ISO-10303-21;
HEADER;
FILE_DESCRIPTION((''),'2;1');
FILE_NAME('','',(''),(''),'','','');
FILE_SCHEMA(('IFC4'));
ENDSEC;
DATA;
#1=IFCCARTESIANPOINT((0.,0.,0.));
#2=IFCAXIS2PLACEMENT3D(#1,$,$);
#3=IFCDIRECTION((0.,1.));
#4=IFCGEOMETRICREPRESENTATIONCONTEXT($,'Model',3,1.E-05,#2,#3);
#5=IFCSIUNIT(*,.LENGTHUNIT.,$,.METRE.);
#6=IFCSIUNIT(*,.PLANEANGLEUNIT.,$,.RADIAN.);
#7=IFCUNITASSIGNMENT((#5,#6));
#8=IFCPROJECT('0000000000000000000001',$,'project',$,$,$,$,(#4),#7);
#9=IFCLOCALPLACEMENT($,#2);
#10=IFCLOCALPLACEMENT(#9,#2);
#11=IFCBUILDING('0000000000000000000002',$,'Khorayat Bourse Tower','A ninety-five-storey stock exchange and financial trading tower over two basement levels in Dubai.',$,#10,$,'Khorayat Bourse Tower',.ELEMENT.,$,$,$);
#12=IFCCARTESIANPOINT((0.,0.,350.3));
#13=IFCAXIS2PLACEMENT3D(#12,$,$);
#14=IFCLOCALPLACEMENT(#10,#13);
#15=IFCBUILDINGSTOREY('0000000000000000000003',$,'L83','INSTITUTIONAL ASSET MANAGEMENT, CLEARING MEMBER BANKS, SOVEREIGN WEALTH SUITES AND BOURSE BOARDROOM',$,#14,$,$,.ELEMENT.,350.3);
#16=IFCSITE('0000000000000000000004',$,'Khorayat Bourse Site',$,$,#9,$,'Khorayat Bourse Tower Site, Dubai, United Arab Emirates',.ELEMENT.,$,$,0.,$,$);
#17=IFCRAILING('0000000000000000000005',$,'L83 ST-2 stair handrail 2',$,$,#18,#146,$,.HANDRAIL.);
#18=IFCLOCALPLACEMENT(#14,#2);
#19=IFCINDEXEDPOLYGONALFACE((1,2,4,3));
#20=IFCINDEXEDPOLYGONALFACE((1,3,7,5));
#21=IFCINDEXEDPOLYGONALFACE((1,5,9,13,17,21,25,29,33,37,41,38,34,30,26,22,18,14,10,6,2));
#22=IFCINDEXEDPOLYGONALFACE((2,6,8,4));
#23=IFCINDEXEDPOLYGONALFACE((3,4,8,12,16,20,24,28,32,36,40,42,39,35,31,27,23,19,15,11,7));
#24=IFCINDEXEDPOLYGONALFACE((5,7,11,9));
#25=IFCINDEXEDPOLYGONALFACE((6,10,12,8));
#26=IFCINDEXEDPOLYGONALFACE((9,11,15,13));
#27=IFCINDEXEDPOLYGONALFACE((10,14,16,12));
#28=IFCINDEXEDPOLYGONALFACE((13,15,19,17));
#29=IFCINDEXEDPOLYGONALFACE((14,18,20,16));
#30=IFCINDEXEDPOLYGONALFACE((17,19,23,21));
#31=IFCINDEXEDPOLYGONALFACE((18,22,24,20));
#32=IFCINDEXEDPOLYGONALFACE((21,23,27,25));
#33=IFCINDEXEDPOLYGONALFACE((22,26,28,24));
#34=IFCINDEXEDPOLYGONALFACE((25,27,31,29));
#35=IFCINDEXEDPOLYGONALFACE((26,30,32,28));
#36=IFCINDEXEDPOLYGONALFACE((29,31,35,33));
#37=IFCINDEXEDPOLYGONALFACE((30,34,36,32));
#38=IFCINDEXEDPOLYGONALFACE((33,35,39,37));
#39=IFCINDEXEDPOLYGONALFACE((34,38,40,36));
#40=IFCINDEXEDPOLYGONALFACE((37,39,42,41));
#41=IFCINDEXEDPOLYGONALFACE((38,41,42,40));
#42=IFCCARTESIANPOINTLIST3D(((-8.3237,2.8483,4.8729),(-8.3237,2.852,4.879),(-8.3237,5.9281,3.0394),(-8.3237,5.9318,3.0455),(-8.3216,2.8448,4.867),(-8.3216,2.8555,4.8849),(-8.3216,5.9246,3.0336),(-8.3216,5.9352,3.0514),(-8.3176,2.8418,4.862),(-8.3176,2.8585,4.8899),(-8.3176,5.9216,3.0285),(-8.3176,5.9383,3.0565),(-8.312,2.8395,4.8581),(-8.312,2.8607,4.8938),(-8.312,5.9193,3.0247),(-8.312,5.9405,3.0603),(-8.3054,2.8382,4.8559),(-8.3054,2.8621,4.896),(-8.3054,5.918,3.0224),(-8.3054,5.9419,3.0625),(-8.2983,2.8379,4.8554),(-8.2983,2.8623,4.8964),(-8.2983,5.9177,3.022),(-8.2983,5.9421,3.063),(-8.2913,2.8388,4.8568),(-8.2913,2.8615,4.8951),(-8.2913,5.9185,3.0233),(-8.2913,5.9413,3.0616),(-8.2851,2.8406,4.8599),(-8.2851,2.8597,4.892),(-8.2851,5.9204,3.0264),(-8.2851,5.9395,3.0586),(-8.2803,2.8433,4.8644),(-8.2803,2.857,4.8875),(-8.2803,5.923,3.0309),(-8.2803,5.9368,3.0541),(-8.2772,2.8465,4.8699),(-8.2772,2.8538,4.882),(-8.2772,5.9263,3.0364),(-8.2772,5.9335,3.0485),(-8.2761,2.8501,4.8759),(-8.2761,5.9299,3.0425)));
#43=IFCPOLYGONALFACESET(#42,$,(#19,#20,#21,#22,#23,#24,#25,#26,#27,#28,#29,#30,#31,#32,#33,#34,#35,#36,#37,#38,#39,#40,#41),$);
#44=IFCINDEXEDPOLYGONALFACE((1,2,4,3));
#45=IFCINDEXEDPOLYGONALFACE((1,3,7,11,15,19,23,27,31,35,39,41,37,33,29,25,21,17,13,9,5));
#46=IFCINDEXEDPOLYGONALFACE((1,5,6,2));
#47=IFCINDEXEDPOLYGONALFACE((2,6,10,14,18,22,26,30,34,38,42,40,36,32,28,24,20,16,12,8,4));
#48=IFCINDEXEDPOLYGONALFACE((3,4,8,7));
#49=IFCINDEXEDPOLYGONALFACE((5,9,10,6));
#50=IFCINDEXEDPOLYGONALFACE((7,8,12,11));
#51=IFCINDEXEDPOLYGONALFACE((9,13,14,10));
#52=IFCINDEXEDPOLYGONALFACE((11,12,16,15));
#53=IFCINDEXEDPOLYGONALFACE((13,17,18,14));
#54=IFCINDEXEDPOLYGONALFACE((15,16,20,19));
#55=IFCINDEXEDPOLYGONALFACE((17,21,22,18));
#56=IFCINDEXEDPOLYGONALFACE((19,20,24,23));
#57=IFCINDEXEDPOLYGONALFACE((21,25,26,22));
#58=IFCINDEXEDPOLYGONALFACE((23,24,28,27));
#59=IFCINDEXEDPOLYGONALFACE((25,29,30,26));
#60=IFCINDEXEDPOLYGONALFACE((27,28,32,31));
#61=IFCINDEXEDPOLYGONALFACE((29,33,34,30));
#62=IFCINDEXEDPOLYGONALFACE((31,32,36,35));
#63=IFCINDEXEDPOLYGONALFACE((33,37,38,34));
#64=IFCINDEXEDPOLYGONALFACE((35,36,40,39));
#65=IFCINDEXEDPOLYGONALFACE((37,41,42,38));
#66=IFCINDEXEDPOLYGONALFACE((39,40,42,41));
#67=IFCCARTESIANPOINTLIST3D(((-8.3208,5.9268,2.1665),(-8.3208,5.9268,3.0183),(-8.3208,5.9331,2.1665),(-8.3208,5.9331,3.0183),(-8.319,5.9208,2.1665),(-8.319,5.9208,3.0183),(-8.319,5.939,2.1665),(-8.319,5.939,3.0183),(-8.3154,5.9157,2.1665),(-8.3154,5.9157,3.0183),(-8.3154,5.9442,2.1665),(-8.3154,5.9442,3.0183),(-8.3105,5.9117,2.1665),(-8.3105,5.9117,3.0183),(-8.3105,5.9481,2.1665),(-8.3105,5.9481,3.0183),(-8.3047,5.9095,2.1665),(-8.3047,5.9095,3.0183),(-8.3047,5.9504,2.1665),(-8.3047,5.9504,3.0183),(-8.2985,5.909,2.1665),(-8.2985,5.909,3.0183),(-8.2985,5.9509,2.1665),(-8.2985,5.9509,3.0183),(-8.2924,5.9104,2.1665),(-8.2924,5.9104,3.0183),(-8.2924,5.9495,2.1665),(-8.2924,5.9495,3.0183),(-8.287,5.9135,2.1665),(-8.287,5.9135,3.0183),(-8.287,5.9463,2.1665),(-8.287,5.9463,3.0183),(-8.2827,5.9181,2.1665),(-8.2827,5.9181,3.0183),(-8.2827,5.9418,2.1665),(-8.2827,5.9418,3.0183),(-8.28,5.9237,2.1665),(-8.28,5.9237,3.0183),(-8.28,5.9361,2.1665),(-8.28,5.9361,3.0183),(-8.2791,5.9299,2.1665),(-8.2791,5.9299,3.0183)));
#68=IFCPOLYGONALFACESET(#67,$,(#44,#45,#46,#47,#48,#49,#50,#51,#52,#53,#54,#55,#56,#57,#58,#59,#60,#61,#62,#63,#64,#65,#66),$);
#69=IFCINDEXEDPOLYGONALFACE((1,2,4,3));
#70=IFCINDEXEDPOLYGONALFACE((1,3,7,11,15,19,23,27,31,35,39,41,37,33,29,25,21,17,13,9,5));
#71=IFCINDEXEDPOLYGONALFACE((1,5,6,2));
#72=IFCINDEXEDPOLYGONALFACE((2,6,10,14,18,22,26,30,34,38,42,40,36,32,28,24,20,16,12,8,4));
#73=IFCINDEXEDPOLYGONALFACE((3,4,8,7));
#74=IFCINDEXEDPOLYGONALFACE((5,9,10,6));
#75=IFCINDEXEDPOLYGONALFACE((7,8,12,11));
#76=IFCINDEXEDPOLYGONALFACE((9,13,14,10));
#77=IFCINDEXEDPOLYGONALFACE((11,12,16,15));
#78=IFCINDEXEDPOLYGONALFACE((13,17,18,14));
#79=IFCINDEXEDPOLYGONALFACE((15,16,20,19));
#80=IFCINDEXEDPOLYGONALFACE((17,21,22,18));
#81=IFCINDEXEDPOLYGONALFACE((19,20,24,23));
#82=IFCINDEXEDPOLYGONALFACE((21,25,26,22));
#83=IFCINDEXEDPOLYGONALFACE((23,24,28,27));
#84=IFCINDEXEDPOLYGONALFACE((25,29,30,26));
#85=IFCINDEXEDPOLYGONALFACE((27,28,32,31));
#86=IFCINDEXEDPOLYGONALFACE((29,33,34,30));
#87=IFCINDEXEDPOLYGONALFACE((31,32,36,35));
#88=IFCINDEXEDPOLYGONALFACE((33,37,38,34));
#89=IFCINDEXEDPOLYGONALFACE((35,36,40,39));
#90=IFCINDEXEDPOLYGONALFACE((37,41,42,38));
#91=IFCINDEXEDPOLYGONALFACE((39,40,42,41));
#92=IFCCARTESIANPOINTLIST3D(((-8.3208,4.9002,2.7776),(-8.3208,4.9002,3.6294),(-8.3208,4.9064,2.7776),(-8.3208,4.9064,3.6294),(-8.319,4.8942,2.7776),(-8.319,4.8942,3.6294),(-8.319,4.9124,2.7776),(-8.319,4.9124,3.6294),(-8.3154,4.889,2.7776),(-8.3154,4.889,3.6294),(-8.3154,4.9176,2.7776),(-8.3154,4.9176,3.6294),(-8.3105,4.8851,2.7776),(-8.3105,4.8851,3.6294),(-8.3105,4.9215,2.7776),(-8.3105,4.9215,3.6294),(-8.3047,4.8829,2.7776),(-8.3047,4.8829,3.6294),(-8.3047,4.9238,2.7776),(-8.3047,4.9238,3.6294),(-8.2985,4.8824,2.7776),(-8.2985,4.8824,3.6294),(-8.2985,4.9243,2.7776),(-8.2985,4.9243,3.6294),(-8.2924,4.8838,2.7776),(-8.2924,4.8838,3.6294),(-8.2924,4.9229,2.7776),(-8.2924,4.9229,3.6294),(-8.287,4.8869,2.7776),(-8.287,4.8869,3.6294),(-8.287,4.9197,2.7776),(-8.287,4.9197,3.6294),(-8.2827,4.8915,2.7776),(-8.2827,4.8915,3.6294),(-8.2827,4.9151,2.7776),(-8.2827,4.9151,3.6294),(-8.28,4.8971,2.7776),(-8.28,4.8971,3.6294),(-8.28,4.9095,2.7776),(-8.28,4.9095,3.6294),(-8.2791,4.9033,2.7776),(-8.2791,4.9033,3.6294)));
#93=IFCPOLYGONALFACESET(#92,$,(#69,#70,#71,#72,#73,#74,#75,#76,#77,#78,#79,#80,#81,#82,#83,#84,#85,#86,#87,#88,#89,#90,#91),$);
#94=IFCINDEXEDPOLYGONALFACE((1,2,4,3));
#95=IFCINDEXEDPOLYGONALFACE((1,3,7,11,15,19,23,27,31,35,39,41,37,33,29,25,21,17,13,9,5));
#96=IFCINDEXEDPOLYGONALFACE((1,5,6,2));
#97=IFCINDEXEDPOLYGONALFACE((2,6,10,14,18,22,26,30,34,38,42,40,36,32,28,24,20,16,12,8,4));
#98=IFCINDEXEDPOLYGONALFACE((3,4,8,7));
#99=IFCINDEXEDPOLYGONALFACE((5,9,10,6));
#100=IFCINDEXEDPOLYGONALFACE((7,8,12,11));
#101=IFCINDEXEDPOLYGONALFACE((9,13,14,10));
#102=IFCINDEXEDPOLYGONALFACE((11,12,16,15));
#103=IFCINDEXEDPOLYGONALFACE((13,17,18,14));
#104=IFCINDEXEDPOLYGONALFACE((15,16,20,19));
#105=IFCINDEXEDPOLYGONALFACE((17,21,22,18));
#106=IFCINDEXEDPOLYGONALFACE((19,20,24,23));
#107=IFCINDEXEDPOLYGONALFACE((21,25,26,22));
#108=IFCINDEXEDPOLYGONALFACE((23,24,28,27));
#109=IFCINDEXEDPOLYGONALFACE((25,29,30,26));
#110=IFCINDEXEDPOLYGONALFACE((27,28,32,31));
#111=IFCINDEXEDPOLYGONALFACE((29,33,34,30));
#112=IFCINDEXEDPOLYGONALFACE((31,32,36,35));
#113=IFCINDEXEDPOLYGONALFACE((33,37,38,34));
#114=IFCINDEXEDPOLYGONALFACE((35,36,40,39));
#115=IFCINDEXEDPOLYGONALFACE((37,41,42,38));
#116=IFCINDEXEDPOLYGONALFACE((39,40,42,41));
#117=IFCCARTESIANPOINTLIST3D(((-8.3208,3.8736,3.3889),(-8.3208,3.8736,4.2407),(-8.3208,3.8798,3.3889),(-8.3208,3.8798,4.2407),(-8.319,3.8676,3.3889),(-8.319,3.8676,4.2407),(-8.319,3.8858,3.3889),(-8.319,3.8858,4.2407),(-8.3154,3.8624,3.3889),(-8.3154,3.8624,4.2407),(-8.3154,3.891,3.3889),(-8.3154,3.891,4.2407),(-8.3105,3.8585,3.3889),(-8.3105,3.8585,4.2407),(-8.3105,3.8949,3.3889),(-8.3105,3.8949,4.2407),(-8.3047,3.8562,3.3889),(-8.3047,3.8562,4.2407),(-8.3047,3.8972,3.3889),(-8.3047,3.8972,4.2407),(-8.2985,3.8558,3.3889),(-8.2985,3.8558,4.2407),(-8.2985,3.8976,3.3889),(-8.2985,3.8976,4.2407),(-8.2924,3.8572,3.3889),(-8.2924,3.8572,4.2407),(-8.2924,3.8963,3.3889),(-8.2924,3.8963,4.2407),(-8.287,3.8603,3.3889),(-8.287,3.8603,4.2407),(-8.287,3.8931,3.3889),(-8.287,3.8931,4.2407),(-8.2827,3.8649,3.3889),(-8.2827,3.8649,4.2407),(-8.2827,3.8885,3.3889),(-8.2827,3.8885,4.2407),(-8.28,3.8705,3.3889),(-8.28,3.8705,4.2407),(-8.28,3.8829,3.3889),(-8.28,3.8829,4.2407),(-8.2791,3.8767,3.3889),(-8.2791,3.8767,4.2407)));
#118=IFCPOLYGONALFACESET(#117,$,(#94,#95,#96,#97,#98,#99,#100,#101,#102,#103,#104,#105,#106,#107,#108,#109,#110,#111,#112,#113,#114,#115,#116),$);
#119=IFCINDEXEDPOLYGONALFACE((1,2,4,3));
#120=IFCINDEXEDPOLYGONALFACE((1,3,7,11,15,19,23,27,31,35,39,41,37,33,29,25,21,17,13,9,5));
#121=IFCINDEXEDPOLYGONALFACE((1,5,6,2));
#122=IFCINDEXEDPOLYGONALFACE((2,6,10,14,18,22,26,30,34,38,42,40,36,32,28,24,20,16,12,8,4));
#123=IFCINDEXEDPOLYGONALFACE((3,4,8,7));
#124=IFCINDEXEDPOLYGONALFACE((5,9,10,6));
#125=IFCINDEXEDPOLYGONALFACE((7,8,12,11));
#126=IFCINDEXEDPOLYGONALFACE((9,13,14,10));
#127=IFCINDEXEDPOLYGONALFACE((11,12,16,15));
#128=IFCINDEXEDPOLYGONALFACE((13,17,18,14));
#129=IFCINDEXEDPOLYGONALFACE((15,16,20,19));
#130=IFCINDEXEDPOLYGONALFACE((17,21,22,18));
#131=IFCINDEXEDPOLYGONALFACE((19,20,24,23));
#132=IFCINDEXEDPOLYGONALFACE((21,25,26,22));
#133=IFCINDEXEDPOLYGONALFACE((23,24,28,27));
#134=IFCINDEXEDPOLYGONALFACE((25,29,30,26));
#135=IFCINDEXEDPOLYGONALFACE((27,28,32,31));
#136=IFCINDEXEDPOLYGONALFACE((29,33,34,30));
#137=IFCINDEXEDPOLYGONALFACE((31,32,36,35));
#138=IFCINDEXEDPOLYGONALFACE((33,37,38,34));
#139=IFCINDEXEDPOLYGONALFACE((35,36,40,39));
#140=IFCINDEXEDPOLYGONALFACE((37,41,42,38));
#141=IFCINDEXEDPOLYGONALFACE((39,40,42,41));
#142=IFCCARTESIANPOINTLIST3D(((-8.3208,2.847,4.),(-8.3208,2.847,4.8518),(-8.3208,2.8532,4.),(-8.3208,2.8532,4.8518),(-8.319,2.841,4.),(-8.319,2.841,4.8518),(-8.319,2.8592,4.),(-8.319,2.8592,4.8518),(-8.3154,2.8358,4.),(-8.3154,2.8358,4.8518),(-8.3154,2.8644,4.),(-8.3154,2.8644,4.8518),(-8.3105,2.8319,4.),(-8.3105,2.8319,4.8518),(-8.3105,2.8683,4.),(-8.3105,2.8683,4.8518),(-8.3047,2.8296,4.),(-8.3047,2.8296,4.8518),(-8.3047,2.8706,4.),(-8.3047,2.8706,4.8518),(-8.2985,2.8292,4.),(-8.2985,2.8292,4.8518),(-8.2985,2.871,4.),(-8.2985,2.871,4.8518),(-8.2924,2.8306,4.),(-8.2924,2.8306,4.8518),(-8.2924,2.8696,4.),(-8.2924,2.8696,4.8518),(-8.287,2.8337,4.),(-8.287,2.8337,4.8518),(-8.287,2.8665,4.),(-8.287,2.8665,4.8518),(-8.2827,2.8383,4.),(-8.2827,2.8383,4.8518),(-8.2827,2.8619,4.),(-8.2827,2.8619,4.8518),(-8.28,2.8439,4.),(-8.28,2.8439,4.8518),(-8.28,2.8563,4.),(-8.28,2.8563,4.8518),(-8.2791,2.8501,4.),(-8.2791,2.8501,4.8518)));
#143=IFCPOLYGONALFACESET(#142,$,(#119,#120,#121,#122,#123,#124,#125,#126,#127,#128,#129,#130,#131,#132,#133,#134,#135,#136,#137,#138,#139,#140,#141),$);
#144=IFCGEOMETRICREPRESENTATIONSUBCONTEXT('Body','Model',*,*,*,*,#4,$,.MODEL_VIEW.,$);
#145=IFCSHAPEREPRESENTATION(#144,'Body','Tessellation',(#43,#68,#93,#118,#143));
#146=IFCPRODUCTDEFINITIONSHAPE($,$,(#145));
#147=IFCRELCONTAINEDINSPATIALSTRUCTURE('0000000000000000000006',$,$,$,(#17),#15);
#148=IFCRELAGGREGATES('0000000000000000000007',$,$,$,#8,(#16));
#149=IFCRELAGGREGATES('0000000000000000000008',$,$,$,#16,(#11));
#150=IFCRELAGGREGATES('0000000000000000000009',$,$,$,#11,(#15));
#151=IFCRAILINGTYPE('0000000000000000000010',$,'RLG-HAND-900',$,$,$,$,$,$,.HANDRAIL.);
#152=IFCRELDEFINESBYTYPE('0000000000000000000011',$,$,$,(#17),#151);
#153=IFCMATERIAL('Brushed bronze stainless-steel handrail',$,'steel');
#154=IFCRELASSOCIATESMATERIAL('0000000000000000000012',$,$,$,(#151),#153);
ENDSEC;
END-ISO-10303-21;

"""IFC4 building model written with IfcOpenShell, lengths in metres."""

from ifc_helpers import new_model, si_unit, direction, frame, origin, origin_2d, place, context, subcontext, project, spatial, circle, extrude, source, transform, mapped, material, type_object, element, save


model = new_model("IFC4")

# Units and contexts
model_context = context("Model", 3, precision=1e-05, world=origin(), true_north=direction((0.0, 1.0)))
body_context = subcontext(model_context, "Body", "Model", "MODEL_VIEW")
ifc_project = project(units=[si_unit("LENGTHUNIT", "METRE"), si_unit("PLANEANGLEUNIT", "RADIAN")], contexts=[model_context])

# Site, building, storey
site_placement = place(None, origin())
site = spatial("IfcSite", under=ifc_project, at=site_placement, Name="Khorayat Bourse Site", LongName="Khorayat Bourse Tower Site, Dubai, United Arab Emirates", CompositionType="ELEMENT", RefElevation=0.0)
building_placement = place(site_placement, origin())
building = spatial("IfcBuilding", under=site, at=building_placement, Name="Khorayat Bourse Tower", Description="A ninety-five-storey stock exchange and financial trading tower over two basement levels in Dubai.", LongName="Khorayat Bourse Tower", CompositionType="ELEMENT")
storey_placement = place(building_placement, frame((0.0, 0.0, 350.3)))
storey = spatial("IfcBuildingStorey", under=building, at=storey_placement, Name="L83", Description="INSTITUTIONAL ASSET MANAGEMENT, CLEARING MEMBER BANKS, SOVEREIGN WEALTH SUITES AND BOURSE BOARDROOM", CompositionType="ELEMENT", Elevation=350.3)

# Railing
ifc_material_1 = material(Name="Brushed bronze stainless-steel handrail", Category="steel")
railing_type_1 = type_object("IfcRailingType", Name="RLG-HAND-900", PredefinedType="HANDRAIL", material=ifc_material_1)
shared_shape_1 = source(origin(), body_context, "Body", "SweptSolid", [
    extrude(circle(Radius=0.0239, at=origin_2d()), frame((0.0, 0.0, 0.876), z_axis=(0.0, -0.859261, 0.511538), x_axis=(1.0, 0.0, 0.0)), (0.0, 0.0, 1.0), 3.5842),
    extrude(circle(Radius=0.021, at=origin_2d()), origin(), (0.0, 0.0, 1.0), 0.8518),
    extrude(circle(Radius=0.021, at=origin_2d()), frame((0.0, -1.0266, 0.6111)), (0.0, 0.0, 1.0), 0.8518),
    extrude(circle(Radius=0.021, at=origin_2d()), frame((0.0, -2.0532, 1.2224)), (0.0, 0.0, 1.0), 0.8518),
    extrude(circle(Radius=0.021, at=origin_2d()), frame((0.0, -3.0798, 1.8335)), (0.0, 0.0, 1.0), 0.8518),
])
railing_1_placement = place(storey_placement, frame((-8.3, 5.9299, 2.1665)))
element("IfcRailing", 1, at=railing_1_placement, inside=storey, type_object=railing_type_1, Name="L83 ST-2 stair handrail 2", PredefinedType="HANDRAIL", context=body_context, shape_type="MappedRepresentation", body=[
    mapped(shared_shape_1, transform((0.0, 0.0, 0.0), scale=1.0)),
])

save(model, "model.ifc")
